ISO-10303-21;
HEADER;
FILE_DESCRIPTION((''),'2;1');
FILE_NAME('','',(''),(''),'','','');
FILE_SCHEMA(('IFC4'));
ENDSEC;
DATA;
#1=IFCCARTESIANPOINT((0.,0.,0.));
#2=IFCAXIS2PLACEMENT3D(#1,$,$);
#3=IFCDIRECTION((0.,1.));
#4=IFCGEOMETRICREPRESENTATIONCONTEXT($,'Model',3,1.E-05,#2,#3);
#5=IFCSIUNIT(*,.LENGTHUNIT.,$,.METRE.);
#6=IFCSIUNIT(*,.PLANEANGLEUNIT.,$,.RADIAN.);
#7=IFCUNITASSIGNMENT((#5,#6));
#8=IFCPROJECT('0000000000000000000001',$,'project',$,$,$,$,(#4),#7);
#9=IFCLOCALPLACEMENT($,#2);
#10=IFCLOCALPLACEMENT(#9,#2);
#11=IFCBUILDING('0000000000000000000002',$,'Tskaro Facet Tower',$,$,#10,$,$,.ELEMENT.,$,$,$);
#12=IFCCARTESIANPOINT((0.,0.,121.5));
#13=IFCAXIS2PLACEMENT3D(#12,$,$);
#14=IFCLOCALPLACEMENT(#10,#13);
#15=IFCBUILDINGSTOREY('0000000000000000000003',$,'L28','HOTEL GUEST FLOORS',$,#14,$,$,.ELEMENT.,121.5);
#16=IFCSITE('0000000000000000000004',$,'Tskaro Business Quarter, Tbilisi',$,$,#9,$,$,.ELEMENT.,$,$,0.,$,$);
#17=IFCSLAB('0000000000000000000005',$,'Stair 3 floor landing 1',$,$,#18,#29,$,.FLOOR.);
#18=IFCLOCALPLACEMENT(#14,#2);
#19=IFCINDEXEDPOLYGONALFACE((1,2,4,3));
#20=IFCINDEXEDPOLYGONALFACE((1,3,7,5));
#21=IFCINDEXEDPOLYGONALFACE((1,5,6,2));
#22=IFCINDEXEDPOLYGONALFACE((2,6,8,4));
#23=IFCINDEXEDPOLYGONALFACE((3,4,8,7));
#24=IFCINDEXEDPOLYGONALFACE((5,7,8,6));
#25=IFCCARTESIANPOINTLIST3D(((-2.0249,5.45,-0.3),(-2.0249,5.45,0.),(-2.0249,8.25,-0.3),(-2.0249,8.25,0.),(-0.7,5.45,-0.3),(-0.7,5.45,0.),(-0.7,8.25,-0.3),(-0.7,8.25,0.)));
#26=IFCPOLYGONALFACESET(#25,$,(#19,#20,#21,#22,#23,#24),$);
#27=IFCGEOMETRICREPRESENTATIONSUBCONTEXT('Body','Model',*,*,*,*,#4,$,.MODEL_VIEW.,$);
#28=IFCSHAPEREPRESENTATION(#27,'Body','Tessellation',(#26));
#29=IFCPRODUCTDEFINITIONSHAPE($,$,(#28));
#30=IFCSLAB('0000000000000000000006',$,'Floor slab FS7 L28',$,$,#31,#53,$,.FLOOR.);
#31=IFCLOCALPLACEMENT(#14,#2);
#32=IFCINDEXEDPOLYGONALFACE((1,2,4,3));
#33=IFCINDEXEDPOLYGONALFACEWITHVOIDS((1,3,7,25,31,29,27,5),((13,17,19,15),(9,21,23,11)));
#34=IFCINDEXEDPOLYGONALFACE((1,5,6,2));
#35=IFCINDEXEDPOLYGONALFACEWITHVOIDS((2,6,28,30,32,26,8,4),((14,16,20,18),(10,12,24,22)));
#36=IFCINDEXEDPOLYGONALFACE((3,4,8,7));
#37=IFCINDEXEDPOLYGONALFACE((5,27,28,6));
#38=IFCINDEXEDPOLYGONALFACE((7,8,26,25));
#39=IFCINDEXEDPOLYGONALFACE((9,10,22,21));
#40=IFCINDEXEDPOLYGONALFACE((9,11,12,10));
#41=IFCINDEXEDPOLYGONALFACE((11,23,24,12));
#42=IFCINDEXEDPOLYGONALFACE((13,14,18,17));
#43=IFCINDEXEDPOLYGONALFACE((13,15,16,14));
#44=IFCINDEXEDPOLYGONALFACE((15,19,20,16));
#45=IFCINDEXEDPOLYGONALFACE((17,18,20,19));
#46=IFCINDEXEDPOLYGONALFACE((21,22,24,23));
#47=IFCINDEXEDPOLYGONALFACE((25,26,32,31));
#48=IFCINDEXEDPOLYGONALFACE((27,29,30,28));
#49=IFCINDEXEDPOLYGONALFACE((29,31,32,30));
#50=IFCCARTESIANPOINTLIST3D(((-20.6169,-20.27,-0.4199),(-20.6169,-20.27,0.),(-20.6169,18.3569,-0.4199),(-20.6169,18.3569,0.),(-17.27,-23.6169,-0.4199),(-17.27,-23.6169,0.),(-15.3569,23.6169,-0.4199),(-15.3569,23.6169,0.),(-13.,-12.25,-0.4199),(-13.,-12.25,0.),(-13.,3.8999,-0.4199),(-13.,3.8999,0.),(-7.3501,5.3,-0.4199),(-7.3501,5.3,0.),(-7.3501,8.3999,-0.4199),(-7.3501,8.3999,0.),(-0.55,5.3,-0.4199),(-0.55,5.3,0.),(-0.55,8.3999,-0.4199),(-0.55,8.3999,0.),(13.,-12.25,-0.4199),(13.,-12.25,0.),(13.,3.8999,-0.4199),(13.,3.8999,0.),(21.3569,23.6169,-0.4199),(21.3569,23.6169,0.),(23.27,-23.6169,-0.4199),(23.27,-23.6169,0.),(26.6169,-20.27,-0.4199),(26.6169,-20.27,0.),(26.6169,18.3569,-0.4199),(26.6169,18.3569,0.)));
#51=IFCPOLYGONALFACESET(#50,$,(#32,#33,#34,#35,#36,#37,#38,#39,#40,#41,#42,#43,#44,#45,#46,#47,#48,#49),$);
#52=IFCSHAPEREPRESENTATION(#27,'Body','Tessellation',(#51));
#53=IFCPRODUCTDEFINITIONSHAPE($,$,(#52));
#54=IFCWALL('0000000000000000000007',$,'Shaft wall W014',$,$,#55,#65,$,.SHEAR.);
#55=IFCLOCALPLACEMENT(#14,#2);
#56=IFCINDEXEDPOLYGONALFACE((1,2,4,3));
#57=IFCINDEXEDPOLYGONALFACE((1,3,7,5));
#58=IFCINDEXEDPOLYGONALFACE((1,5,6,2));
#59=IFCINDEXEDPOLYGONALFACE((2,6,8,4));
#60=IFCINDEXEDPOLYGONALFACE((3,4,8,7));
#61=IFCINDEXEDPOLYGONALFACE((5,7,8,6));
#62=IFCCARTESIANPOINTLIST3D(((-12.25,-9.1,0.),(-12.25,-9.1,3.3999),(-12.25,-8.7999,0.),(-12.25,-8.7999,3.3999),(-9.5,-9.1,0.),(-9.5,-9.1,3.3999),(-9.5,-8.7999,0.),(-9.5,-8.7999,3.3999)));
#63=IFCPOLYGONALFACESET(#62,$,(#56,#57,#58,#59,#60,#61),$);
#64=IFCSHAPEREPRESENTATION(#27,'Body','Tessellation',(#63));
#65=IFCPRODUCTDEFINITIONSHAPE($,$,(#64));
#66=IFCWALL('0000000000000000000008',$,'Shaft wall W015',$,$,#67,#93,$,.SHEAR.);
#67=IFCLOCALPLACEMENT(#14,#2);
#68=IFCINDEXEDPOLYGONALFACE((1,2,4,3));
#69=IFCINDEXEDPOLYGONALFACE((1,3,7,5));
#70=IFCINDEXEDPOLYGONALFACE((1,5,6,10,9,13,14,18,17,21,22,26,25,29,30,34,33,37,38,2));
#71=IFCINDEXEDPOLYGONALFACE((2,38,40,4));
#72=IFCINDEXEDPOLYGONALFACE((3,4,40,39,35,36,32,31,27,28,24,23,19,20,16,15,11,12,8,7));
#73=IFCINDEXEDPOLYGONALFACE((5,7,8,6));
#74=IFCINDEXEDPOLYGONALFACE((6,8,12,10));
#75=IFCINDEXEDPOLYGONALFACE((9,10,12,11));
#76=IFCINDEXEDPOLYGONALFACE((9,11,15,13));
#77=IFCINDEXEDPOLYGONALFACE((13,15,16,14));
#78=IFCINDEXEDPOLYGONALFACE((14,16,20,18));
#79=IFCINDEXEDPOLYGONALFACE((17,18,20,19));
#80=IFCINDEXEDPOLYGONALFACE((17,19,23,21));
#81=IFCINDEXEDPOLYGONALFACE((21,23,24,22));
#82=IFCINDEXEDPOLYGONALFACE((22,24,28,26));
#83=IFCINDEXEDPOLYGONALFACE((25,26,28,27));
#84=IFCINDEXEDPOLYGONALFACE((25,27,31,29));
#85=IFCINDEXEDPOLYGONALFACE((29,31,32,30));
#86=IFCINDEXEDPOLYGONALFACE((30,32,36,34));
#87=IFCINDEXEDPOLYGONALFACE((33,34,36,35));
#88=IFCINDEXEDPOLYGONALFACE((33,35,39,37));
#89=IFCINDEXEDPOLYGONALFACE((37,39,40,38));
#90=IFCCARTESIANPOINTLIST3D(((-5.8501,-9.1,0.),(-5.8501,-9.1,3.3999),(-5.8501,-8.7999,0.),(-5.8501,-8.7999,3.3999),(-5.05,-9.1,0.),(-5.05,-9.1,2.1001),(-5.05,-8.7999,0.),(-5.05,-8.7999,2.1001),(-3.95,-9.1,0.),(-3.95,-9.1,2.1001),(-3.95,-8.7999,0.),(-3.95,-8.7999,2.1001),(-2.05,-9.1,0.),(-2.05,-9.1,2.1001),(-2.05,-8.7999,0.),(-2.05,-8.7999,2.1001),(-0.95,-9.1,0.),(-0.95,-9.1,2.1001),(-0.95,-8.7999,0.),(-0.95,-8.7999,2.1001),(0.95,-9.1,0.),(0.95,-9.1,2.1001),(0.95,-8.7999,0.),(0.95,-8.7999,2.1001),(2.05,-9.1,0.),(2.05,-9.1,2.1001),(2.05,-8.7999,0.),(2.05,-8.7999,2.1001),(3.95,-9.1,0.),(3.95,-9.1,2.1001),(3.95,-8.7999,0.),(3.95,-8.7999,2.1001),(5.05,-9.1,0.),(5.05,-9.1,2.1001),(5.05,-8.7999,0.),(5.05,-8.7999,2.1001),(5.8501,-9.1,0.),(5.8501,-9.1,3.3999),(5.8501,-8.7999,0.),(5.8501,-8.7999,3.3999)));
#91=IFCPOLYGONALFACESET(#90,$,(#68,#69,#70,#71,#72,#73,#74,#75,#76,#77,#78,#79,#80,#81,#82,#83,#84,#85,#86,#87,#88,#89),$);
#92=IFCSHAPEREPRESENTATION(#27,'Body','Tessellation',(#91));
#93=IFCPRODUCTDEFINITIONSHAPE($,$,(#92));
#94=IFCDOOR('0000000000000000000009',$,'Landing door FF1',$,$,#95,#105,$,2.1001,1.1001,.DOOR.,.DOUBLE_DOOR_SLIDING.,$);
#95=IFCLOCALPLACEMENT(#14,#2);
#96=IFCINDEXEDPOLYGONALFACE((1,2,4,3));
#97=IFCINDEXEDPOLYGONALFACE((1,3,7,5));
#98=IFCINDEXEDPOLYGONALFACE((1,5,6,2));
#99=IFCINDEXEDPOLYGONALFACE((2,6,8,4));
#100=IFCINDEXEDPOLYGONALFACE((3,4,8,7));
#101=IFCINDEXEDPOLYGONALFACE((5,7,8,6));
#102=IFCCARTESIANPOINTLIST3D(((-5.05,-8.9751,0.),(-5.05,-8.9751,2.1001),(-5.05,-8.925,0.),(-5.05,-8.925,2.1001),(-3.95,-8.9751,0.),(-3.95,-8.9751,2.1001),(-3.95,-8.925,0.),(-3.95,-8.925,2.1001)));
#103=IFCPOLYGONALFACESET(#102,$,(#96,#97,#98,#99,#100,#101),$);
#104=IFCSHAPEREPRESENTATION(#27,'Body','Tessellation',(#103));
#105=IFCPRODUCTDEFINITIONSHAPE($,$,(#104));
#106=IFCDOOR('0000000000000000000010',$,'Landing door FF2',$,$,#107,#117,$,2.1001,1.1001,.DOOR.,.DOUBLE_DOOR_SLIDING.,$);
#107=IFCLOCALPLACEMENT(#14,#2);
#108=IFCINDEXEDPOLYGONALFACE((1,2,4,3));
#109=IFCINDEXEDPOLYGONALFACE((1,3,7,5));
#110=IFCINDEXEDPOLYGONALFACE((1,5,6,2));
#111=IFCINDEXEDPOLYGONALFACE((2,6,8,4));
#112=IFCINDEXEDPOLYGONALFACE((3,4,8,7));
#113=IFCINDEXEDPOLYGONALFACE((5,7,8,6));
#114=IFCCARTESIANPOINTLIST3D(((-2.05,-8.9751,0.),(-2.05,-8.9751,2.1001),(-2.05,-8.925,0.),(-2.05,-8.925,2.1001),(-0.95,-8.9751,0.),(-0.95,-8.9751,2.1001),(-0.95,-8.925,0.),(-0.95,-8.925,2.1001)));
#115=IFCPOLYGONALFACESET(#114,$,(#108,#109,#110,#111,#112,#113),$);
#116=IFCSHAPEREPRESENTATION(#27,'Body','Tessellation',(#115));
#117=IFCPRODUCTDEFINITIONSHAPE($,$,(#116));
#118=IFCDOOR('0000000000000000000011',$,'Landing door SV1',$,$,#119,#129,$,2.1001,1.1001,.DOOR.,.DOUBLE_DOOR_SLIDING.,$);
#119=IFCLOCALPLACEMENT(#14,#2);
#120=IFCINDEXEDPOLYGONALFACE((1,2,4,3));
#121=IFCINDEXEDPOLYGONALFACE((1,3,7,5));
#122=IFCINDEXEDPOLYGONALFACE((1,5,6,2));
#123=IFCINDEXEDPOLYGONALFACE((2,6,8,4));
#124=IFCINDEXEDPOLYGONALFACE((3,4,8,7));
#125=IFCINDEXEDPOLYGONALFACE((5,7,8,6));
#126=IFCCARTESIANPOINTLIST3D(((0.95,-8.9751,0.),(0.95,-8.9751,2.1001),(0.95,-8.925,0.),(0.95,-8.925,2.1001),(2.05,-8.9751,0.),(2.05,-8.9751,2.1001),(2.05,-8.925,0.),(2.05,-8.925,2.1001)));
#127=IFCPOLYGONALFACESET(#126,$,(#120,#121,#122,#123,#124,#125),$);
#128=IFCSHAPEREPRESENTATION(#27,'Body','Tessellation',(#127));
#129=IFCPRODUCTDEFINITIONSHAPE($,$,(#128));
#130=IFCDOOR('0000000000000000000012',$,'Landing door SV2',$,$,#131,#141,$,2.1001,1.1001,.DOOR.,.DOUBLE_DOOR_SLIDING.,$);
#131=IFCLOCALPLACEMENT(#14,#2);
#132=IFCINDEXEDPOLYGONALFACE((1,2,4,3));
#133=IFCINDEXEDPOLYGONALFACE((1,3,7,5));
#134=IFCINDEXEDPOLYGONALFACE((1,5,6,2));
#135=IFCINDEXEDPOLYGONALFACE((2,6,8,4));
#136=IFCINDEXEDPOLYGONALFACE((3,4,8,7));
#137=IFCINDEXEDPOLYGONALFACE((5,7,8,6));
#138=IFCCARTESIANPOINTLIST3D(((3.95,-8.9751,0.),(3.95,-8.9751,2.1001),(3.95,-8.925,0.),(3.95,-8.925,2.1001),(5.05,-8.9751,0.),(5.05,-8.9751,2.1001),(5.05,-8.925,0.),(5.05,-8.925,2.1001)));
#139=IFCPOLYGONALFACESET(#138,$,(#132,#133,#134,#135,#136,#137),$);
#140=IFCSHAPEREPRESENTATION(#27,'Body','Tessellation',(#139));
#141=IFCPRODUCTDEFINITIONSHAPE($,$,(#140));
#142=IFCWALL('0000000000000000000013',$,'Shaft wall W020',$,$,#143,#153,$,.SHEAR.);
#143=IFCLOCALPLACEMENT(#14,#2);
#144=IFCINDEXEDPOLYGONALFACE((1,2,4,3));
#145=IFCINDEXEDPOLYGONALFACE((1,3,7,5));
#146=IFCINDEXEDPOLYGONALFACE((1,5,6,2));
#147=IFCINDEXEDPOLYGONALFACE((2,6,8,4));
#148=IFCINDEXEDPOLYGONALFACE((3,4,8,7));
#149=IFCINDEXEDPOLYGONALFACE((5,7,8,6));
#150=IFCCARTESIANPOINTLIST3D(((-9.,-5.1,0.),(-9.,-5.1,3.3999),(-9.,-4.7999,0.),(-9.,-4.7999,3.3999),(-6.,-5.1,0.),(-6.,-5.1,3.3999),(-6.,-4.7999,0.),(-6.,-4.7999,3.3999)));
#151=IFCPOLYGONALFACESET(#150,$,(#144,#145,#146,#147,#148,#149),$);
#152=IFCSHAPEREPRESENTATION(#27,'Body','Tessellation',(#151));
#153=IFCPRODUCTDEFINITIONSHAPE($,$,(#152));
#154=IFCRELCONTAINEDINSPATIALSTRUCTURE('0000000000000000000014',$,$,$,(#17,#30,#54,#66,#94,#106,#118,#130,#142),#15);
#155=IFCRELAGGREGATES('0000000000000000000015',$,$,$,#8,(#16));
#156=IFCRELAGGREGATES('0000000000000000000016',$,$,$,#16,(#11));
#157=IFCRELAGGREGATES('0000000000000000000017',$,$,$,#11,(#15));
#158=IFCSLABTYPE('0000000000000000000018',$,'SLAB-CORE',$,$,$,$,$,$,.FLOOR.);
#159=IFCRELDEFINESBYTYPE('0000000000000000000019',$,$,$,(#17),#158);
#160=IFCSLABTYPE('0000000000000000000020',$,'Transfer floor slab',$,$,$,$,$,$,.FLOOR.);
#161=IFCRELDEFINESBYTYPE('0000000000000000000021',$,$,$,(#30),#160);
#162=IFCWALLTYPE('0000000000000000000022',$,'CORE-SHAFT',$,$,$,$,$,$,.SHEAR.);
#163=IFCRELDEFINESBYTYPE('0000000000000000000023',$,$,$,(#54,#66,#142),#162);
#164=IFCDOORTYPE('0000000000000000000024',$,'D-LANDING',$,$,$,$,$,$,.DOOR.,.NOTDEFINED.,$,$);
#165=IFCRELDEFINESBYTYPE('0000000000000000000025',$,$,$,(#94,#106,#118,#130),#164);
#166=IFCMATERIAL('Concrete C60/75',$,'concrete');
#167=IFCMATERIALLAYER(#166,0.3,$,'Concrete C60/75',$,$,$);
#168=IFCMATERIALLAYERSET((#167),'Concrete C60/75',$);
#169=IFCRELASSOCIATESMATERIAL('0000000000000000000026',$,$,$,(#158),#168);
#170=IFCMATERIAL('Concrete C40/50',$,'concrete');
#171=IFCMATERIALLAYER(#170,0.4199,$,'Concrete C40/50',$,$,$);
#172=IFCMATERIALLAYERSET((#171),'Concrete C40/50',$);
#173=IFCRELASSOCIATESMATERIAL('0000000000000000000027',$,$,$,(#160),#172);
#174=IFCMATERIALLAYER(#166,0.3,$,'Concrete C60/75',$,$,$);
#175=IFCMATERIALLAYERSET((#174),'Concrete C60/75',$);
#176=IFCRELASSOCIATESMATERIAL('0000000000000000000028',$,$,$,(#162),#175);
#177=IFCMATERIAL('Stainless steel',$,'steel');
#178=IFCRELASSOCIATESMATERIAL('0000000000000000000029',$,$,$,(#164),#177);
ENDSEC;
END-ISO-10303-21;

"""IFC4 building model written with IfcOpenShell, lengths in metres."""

from ifc_helpers import new_model, si_unit, direction, frame, frame_2d, origin, place, context, subcontext, project, spatial, polyline, rectangle, outline, extrude, material, layer, layer_set, type_object, element, fill, save


model = new_model("IFC4")

# Units and contexts
model_context = context("Model", 3, precision=1e-05, world=origin(), true_north=direction((0.0, 1.0)))
body_context = subcontext(model_context, "Body", "Model", "MODEL_VIEW")
ifc_project = project(units=[si_unit("LENGTHUNIT", "METRE"), si_unit("PLANEANGLEUNIT", "RADIAN")], contexts=[model_context])

# Site, building, storey
site_placement = place(None, origin())
site = spatial("IfcSite", under=ifc_project, at=site_placement, Name="Tskaro Business Quarter, Tbilisi", CompositionType="ELEMENT", RefElevation=0.0)
building_placement = place(site_placement, origin())
building = spatial("IfcBuilding", under=site, at=building_placement, Name="Tskaro Facet Tower", CompositionType="ELEMENT")
storey_placement = place(building_placement, frame((0.0, 0.0, 121.5)))
storey = spatial("IfcBuildingStorey", under=building, at=storey_placement, Name="L28", Description="HOTEL GUEST FLOORS", CompositionType="ELEMENT", Elevation=121.5)

# Slabs
ifc_material_1 = material(Name="Concrete C60/75", Category="concrete")
ifc_layer_1 = layer(ifc_material_1, 0.3, Name="Concrete C60/75")
ifc_layer_set_1 = layer_set([ifc_layer_1], Name="Concrete C60/75")
slab_type_1 = type_object("IfcSlabType", Name="SLAB-CORE", PredefinedType="FLOOR", material=ifc_layer_set_1)
slab_1_placement = place(storey_placement, frame((0.0, 0.0, -0.3)))
element("IfcSlab", 1, at=slab_1_placement, inside=storey, type_object=slab_type_1, Name="Stair 3 floor landing 1", PredefinedType="FLOOR", context=body_context, shape_type="SweptSolid", body=[
    extrude(outline(polyline([(-2.0249, 5.45), (-0.7, 5.45), (-0.7, 8.25), (-2.0249, 8.25), (-2.0249, 5.45)])), origin(), (0.0, 0.0, 1.0), 0.3),
])
ifc_material_2 = material(Name="Concrete C40/50", Category="concrete")
ifc_layer_2 = layer(ifc_material_2, 0.4199, Name="Concrete C40/50")
ifc_layer_set_2 = layer_set([ifc_layer_2], Name="Concrete C40/50")
slab_type_2 = type_object("IfcSlabType", Name="Transfer floor slab", PredefinedType="FLOOR", material=ifc_layer_set_2)
slab_2_placement = place(storey_placement, frame((0.0, 0.0, -0.4199)))
element("IfcSlab", 2, at=slab_2_placement, inside=storey, type_object=slab_type_2, Name="Floor slab FS7 L28", PredefinedType="FLOOR", context=body_context, shape_type="SweptSolid", body=[
    extrude(outline(polyline([(-17.27, -23.6169), (23.27, -23.6169), (26.6169, -20.27), (26.6169, 18.3569), (21.3569, 23.6169), (-15.3569, 23.6169), (-20.6169, 18.3569), (-20.6169, -20.27), (-17.27, -23.6169)]), holes=[polyline([(-13.0, -12.25), (13.0, -12.25), (13.0, 3.8999), (-13.0, 3.8999), (-13.0, -12.25)]), polyline([(-7.3501, 5.3), (-0.55, 5.3), (-0.55, 8.3999), (-7.3501, 8.3999), (-7.3501, 5.3)])]), origin(), (0.0, 0.0, 1.0), 0.4199),
])

# Wall
ifc_layer_3 = layer(ifc_material_1, 0.3, Name="Concrete C60/75")
ifc_layer_set_3 = layer_set([ifc_layer_3], Name="Concrete C60/75")
wall_type_1 = type_object("IfcWallType", Name="CORE-SHAFT", PredefinedType="SHEAR", material=ifc_layer_set_3)
wall_1_placement = place(storey_placement, frame((-12.25, -8.95, 0.0), z_axis=(0.0, 0.0, 1.0), x_axis=(1.0, 0.0, 0.0)))
element("IfcWall", 3, at=wall_1_placement, inside=storey, type_object=wall_type_1, Name="Shaft wall W014", PredefinedType="SHEAR", context=body_context, shape_type="SweptSolid", body=[
    extrude(rectangle(XDim=2.75, YDim=0.3, at=frame_2d((1.375, 0.0))), origin(), (0.0, 0.0, 1.0), 3.3999),
])

# Wall, openings, doors
wall_2_placement = place(storey_placement, frame((-5.8501, -8.95, 0.0), z_axis=(0.0, 0.0, 1.0), x_axis=(1.0, 0.0, 0.0)))
wall_2 = element("IfcWall", 4, at=wall_2_placement, inside=storey, type_object=wall_type_1, Name="Shaft wall W015", PredefinedType="SHEAR", context=body_context, shape_type="SweptSolid", body=[
    extrude(rectangle(XDim=11.7002, YDim=0.3, at=frame_2d((5.8501, 0.0))), origin(), (0.0, 0.0, 1.0), 3.3999),
])
opening_1_placement = place(wall_2_placement, frame((0.8, 0.0, 0.0)))
opening_1 = element("IfcOpeningElement", 5, at=opening_1_placement, cuts=wall_2, PredefinedType="OPENING", context=body_context, shape_type="SweptSolid", body=[
    extrude(rectangle(XDim=1.1001, YDim=2.1001, at=frame_2d((0.55, 1.05))), frame((0.0, 0.1599, 0.0), z_axis=(0.0, -1.0, 0.0), x_axis=(1.0, 0.0, 0.0)), (0.0, 0.0, 1.0), 0.3201),
])
opening_2_placement = place(wall_2_placement, frame((3.8, 0.0, 0.0)))
opening_2 = element("IfcOpeningElement", 6, at=opening_2_placement, cuts=wall_2, PredefinedType="OPENING", context=body_context, shape_type="SweptSolid", body=[
    extrude(rectangle(XDim=1.1001, YDim=2.1001, at=frame_2d((0.55, 1.05))), frame((0.0, 0.1599, 0.0), z_axis=(0.0, -1.0, 0.0), x_axis=(1.0, 0.0, 0.0)), (0.0, 0.0, 1.0), 0.3201),
])
opening_3_placement = place(wall_2_placement, frame((6.8, 0.0, 0.0)))
opening_3 = element("IfcOpeningElement", 7, at=opening_3_placement, cuts=wall_2, PredefinedType="OPENING", context=body_context, shape_type="SweptSolid", body=[
    extrude(rectangle(XDim=1.1001, YDim=2.1001, at=frame_2d((0.55, 1.05))), frame((0.0, 0.1599, 0.0), z_axis=(0.0, -1.0, 0.0), x_axis=(1.0, 0.0, 0.0)), (0.0, 0.0, 1.0), 0.3201),
])
opening_4_placement = place(wall_2_placement, frame((9.8, 0.0, 0.0)))
opening_4 = element("IfcOpeningElement", 8, at=opening_4_placement, cuts=wall_2, PredefinedType="OPENING", context=body_context, shape_type="SweptSolid", body=[
    extrude(rectangle(XDim=1.1001, YDim=2.1001, at=frame_2d((0.55, 1.05))), frame((0.0, 0.1599, 0.0), z_axis=(0.0, -1.0, 0.0), x_axis=(1.0, 0.0, 0.0)), (0.0, 0.0, 1.0), 0.3201),
])
ifc_material_3 = material(Name="Stainless steel", Category="steel")
door_type_1 = type_object("IfcDoorType", Name="D-LANDING", OperationType="NOTDEFINED", PredefinedType="DOOR", material=ifc_material_3)
door_1_placement = place(opening_1_placement, origin())
door_1 = element("IfcDoor", 9, at=door_1_placement, inside=storey, type_object=door_type_1, Name="Landing door FF1", OperationType="DOUBLE_DOOR_SLIDING", OverallHeight=2.1001, OverallWidth=1.1001, PredefinedType="DOOR", context=body_context, shape_type="SweptSolid", body=[
    extrude(rectangle(XDim=1.1001, YDim=2.1001, at=frame_2d((0.55, 1.05))), frame((0.0, 0.0249, 0.0), z_axis=(0.0, -1.0, 0.0), x_axis=(1.0, 0.0, 0.0)), (0.0, 0.0, 1.0), 0.05),
])
fill(opening_1, door_1)
door_2_placement = place(opening_2_placement, origin())
door_2 = element("IfcDoor", 10, at=door_2_placement, inside=storey, type_object=door_type_1, Name="Landing door FF2", OperationType="DOUBLE_DOOR_SLIDING", OverallHeight=2.1001, OverallWidth=1.1001, PredefinedType="DOOR", context=body_context, shape_type="SweptSolid", body=[
    extrude(rectangle(XDim=1.1001, YDim=2.1001, at=frame_2d((0.55, 1.05))), frame((0.0, 0.0249, 0.0), z_axis=(0.0, -1.0, 0.0), x_axis=(1.0, 0.0, 0.0)), (0.0, 0.0, 1.0), 0.05),
])
fill(opening_2, door_2)
door_3_placement = place(opening_3_placement, origin())
door_3 = element("IfcDoor", 11, at=door_3_placement, inside=storey, type_object=door_type_1, Name="Landing door SV1", OperationType="DOUBLE_DOOR_SLIDING", OverallHeight=2.1001, OverallWidth=1.1001, PredefinedType="DOOR", context=body_context, shape_type="SweptSolid", body=[
    extrude(rectangle(XDim=1.1001, YDim=2.1001, at=frame_2d((0.55, 1.05))), frame((0.0, 0.0249, 0.0), z_axis=(0.0, -1.0, 0.0), x_axis=(1.0, 0.0, 0.0)), (0.0, 0.0, 1.0), 0.05),
])
fill(opening_3, door_3)
door_4_placement = place(opening_4_placement, origin())
door_4 = element("IfcDoor", 12, at=door_4_placement, inside=storey, type_object=door_type_1, Name="Landing door SV2", OperationType="DOUBLE_DOOR_SLIDING", OverallHeight=2.1001, OverallWidth=1.1001, PredefinedType="DOOR", context=body_context, shape_type="SweptSolid", body=[
    extrude(rectangle(XDim=1.1001, YDim=2.1001, at=frame_2d((0.55, 1.05))), frame((0.0, 0.0249, 0.0), z_axis=(0.0, -1.0, 0.0), x_axis=(1.0, 0.0, 0.0)), (0.0, 0.0, 1.0), 0.05),
])
fill(opening_4, door_4)

# Wall
wall_3_placement = place(storey_placement, frame((-9.0, -4.95, 0.0), z_axis=(0.0, 0.0, 1.0), x_axis=(1.0, 0.0, 0.0)))
element("IfcWall", 13, at=wall_3_placement, inside=storey, type_object=wall_type_1, Name="Shaft wall W020", PredefinedType="SHEAR", context=body_context, shape_type="SweptSolid", body=[
    extrude(rectangle(XDim=3.0, YDim=0.3, at=frame_2d((1.5, 0.0))), origin(), (0.0, 0.0, 1.0), 3.3999),
])

save(model, "model.ifc")
